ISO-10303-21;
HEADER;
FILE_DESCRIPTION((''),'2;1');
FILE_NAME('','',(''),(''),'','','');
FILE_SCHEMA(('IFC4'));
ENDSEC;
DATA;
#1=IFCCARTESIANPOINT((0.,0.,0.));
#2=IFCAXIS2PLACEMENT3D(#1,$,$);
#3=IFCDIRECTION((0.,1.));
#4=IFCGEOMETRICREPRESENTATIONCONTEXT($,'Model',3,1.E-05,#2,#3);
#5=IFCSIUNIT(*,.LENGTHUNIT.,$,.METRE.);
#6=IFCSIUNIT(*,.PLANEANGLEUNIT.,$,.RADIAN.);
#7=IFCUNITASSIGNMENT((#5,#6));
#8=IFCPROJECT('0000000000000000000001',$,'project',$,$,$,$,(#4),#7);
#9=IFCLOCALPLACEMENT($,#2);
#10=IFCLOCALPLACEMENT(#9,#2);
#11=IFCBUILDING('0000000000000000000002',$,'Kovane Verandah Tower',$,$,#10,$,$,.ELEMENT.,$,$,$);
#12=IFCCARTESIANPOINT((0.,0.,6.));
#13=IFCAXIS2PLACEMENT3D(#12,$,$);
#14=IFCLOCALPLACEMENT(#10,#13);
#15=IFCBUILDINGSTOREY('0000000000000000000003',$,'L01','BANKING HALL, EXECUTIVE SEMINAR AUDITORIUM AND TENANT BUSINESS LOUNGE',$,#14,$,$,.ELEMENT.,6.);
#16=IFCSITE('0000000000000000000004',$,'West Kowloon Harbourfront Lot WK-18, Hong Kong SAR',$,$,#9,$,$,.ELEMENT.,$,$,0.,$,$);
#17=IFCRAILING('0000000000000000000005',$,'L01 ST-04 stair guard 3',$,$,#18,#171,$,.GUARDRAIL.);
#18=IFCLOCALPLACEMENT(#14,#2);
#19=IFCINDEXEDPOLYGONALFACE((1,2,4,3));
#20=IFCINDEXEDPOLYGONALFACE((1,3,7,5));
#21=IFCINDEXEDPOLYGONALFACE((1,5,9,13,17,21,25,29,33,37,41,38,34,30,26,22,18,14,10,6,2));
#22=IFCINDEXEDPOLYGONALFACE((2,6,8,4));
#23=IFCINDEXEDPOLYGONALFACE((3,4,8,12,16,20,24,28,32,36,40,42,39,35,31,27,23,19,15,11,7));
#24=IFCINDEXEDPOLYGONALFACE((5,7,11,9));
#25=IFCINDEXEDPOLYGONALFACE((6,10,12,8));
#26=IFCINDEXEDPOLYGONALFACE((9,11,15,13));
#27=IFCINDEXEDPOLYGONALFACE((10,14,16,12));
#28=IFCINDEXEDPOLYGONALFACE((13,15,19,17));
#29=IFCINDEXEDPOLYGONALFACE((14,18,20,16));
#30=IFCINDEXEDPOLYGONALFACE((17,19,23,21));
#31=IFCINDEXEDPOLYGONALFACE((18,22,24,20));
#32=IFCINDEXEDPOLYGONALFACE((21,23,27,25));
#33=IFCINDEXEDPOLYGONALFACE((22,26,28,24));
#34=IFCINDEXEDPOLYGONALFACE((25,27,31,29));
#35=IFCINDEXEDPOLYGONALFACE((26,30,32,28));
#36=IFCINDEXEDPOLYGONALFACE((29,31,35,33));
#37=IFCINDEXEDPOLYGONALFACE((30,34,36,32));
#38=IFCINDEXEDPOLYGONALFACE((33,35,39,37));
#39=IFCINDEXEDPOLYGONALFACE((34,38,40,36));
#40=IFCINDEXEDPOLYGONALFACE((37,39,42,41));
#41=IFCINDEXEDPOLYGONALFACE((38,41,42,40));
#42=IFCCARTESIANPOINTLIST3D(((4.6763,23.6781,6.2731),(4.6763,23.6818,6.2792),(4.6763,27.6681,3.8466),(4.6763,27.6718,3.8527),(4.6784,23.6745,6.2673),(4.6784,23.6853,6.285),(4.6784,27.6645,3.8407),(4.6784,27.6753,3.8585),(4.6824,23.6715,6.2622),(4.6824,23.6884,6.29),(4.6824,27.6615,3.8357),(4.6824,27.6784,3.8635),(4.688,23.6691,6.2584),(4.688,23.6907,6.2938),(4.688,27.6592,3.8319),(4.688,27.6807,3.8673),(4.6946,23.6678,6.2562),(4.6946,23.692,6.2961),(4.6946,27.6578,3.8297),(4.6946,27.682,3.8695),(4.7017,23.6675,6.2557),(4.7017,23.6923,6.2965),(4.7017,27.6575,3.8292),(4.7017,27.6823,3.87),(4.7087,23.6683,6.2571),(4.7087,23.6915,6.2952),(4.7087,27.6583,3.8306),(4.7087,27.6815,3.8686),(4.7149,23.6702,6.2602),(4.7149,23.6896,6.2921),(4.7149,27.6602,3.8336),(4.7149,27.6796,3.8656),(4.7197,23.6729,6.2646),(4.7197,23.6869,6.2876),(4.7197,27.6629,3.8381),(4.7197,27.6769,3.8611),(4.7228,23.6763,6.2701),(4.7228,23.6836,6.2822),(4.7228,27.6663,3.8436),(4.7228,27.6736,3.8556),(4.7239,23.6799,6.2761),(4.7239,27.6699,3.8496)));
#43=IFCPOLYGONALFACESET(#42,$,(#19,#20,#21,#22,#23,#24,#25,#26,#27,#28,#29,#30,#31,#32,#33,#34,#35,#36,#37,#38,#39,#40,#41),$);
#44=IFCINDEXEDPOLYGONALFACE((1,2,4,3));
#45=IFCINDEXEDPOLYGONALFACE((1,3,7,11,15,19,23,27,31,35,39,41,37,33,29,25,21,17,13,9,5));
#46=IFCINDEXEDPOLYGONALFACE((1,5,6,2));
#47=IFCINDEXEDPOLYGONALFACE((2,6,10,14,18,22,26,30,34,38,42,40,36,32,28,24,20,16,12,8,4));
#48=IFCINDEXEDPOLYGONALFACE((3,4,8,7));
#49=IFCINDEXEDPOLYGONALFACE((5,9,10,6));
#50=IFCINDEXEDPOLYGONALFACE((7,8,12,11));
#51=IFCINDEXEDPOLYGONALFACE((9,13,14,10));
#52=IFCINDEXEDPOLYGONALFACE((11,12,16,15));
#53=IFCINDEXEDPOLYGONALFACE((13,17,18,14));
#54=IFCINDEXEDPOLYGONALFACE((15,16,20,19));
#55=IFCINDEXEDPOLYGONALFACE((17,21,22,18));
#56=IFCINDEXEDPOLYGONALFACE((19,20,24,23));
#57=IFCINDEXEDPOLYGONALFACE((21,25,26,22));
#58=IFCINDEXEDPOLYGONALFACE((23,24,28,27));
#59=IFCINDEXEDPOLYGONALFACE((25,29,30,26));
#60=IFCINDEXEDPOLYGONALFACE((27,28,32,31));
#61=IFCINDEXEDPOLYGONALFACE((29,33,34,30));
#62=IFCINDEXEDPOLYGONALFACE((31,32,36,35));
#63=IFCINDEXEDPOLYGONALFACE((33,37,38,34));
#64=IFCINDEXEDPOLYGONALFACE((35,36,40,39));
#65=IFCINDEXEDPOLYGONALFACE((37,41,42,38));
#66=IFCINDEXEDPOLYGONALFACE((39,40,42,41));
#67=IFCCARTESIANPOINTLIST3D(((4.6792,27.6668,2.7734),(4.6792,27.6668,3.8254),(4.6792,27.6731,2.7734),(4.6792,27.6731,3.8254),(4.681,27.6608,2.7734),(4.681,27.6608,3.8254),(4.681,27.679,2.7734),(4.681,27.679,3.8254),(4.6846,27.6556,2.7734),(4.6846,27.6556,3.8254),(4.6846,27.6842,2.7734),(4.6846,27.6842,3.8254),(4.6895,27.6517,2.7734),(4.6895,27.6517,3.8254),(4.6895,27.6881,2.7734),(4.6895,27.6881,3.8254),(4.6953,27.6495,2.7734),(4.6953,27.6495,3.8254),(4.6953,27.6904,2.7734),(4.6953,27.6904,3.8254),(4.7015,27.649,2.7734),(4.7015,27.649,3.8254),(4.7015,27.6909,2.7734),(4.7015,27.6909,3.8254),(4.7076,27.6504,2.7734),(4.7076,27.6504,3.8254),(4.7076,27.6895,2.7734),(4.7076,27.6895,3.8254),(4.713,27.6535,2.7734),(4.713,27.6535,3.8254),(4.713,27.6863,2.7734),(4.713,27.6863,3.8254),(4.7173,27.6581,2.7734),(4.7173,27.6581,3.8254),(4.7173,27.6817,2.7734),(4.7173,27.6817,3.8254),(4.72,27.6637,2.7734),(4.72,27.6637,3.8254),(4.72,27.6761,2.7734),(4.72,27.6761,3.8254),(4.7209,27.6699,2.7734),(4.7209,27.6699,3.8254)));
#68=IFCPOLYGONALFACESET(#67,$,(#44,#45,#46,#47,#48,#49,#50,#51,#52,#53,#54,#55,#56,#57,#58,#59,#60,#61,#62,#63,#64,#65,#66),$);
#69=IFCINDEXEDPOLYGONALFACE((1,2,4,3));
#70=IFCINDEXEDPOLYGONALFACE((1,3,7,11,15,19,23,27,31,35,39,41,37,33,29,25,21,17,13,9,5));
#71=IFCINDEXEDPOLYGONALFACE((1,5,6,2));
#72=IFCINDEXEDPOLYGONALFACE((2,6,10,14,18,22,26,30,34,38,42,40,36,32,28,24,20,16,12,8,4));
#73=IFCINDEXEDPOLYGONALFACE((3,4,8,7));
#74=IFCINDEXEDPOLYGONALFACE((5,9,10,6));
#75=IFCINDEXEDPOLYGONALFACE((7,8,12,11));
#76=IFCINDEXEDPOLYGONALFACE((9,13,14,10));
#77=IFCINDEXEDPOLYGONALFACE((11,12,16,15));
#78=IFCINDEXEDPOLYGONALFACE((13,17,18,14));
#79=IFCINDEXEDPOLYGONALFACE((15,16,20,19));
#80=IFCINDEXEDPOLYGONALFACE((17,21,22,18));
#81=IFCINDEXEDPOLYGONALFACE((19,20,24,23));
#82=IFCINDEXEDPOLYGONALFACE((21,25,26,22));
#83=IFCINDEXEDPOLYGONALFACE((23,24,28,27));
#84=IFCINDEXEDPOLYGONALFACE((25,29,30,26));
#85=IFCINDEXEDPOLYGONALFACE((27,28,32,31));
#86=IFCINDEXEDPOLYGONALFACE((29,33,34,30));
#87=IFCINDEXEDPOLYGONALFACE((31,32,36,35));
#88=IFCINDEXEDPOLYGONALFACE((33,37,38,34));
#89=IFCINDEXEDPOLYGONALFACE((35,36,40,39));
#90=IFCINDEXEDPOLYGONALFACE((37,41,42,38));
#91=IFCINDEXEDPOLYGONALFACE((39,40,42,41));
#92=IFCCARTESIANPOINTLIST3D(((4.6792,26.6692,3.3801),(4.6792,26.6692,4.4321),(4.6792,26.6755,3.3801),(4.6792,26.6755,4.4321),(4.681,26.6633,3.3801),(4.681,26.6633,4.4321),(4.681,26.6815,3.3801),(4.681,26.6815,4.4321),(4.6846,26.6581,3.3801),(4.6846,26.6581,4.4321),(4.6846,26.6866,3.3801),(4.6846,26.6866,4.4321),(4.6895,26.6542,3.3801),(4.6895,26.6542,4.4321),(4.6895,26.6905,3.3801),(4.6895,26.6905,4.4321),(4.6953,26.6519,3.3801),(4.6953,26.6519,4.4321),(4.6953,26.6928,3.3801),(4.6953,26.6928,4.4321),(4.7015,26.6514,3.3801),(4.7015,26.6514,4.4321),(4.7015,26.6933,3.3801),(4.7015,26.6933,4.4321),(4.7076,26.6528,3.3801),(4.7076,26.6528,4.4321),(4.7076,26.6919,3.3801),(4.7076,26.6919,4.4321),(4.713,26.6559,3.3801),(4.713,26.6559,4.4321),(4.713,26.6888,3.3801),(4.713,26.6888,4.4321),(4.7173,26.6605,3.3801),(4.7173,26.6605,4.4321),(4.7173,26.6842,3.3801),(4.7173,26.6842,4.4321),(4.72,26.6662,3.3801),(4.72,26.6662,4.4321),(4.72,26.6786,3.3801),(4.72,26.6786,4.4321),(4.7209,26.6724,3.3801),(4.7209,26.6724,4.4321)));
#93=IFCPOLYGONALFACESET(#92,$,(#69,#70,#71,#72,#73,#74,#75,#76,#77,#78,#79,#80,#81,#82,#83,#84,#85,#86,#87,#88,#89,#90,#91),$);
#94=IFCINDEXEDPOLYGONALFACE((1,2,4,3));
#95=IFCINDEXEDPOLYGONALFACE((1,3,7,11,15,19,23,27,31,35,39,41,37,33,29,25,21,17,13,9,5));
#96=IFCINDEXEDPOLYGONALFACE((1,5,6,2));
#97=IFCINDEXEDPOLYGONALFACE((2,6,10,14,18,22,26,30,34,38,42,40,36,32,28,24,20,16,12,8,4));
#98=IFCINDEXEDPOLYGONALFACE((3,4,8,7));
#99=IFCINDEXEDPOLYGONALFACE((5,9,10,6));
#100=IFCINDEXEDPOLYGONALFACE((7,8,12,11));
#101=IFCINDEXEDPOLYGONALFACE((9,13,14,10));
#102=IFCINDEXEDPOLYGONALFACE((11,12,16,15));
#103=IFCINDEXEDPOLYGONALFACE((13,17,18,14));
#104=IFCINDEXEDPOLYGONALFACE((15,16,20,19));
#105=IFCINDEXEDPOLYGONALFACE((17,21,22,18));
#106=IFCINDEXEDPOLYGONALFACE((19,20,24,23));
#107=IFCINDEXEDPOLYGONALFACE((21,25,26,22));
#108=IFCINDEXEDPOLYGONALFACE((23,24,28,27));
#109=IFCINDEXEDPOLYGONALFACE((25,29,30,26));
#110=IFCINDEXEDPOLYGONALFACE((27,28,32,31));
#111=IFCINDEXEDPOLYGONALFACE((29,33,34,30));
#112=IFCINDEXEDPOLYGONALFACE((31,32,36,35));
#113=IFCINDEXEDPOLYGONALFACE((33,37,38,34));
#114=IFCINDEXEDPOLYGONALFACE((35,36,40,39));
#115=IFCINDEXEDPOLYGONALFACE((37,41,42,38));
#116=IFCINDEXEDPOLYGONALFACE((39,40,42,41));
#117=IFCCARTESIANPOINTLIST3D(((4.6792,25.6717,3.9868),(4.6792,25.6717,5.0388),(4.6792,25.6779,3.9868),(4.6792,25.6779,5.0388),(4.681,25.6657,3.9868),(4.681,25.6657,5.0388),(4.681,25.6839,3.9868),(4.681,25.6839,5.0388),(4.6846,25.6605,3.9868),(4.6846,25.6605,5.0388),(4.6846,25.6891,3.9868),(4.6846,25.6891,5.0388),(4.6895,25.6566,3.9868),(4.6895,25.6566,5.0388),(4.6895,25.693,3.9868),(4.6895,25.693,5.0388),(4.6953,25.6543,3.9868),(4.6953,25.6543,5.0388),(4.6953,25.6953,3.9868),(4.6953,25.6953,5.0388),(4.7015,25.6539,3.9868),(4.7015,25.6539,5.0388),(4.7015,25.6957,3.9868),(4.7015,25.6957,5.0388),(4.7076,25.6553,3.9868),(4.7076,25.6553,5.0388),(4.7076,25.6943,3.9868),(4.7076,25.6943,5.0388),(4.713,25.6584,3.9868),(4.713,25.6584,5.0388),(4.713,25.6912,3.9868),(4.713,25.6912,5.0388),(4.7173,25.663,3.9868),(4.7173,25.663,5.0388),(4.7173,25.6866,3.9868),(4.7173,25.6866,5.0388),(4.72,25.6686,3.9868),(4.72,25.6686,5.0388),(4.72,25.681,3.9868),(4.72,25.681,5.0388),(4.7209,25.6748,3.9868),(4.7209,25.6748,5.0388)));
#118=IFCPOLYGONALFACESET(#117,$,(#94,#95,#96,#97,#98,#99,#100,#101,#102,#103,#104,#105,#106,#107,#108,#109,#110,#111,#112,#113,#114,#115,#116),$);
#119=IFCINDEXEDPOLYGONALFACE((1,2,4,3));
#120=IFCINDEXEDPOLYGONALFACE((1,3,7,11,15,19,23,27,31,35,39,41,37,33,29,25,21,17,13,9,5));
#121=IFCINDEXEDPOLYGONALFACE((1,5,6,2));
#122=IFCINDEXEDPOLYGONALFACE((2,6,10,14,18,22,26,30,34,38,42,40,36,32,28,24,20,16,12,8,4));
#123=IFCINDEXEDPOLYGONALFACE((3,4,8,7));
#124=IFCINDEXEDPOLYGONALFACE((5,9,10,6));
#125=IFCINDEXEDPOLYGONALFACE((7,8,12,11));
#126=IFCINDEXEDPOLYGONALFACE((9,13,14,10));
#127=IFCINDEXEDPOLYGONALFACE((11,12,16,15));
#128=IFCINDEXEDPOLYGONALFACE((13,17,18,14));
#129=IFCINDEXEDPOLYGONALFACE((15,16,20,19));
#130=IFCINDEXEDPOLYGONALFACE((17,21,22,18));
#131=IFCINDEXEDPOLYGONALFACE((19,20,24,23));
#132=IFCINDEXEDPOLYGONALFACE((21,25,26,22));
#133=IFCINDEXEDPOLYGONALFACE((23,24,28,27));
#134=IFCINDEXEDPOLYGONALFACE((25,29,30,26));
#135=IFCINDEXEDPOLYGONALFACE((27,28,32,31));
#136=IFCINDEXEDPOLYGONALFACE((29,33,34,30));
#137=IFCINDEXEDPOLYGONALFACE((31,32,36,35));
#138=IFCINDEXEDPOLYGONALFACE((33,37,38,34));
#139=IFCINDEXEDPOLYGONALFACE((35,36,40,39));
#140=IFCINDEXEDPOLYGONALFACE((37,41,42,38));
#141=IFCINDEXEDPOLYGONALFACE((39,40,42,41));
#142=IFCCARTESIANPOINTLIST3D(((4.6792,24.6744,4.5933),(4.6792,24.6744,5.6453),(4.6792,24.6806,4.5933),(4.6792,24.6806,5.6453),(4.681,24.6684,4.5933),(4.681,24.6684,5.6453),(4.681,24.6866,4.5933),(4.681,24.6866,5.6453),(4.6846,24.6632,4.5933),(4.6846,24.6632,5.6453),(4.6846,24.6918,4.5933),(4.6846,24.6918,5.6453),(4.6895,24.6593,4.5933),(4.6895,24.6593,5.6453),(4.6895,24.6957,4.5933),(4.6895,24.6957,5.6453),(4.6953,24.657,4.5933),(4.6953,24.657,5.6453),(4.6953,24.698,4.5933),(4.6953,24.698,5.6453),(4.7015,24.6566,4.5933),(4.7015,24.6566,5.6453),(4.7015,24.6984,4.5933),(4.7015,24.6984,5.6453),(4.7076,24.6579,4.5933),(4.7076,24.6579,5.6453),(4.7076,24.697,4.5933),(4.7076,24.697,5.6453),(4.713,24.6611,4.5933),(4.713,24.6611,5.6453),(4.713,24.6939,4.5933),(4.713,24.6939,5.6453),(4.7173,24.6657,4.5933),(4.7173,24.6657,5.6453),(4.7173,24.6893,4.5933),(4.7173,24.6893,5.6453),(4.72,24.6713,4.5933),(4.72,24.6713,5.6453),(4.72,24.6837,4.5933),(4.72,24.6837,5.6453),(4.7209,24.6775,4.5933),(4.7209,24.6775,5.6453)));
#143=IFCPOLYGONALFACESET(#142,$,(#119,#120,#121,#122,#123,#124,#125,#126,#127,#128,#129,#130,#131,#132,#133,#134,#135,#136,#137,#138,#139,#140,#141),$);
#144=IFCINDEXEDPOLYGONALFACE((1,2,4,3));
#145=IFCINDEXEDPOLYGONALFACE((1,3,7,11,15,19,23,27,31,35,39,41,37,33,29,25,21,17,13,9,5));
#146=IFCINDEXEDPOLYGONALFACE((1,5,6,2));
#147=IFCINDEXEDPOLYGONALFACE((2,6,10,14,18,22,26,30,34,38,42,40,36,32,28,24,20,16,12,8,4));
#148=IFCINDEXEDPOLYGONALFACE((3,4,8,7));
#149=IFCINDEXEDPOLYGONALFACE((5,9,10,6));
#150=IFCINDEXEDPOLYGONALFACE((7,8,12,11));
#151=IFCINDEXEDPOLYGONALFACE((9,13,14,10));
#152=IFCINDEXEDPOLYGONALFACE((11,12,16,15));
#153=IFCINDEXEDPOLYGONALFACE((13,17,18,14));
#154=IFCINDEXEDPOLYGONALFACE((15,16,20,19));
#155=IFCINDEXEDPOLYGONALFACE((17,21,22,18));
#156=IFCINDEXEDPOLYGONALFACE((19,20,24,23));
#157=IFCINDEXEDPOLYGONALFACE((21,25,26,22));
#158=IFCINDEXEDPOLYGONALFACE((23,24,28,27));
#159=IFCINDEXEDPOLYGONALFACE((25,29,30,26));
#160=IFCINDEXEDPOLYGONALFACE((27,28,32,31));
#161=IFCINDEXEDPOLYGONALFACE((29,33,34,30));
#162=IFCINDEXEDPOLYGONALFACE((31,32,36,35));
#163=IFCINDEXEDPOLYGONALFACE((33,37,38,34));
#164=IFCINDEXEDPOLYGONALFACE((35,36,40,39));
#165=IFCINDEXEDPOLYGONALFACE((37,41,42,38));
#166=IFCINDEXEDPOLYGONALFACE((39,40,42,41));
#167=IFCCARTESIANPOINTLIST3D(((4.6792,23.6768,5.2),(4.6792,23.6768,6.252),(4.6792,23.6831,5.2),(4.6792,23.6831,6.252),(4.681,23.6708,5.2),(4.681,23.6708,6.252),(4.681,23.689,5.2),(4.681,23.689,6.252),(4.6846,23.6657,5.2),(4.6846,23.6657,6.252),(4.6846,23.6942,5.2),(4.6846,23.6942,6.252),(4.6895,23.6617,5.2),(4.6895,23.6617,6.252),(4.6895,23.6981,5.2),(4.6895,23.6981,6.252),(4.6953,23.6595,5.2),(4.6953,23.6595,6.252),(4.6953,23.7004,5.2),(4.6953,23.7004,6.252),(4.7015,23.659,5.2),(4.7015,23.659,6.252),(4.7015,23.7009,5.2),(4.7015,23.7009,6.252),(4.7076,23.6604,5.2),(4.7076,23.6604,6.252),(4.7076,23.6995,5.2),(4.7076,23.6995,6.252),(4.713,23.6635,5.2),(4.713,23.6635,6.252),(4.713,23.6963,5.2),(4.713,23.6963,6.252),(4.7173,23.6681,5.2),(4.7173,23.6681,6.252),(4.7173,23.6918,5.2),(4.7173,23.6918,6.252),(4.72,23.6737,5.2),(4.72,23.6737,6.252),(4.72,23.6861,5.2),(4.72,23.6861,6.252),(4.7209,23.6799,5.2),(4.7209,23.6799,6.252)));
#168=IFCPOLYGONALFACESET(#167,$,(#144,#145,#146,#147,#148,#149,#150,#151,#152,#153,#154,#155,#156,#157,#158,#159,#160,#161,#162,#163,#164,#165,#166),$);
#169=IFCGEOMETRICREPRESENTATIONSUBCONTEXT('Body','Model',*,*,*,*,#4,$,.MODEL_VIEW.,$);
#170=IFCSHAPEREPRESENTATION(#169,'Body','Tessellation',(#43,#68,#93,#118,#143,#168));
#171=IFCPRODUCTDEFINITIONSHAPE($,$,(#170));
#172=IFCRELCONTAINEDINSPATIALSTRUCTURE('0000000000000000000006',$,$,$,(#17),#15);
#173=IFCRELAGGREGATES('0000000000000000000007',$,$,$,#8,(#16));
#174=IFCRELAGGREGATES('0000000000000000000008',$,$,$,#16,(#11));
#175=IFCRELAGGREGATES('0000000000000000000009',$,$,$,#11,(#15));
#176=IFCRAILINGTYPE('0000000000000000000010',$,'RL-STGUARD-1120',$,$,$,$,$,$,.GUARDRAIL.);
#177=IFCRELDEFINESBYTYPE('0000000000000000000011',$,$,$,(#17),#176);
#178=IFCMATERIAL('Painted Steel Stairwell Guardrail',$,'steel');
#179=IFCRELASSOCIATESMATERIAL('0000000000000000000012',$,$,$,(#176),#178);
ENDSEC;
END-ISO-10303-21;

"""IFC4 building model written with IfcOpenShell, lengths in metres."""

from ifc_helpers import new_model, si_unit, direction, frame, origin, origin_2d, place, context, subcontext, project, spatial, circle, extrude, material, type_object, element, save


model = new_model("IFC4")

# Units and contexts
model_context = context("Model", 3, precision=1e-05, world=origin(), true_north=direction((0.0, 1.0)))
body_context = subcontext(model_context, "Body", "Model", "MODEL_VIEW")
ifc_project = project(units=[si_unit("LENGTHUNIT", "METRE"), si_unit("PLANEANGLEUNIT", "RADIAN")], contexts=[model_context])

# Site, building, storey
site_placement = place(None, origin())
site = spatial("IfcSite", under=ifc_project, at=site_placement, Name="West Kowloon Harbourfront Lot WK-18, Hong Kong SAR", CompositionType="ELEMENT", RefElevation=0.0)
building_placement = place(site_placement, origin())
building = spatial("IfcBuilding", under=site, at=building_placement, Name="Kovane Verandah Tower", CompositionType="ELEMENT")
storey_placement = place(building_placement, frame((0.0, 0.0, 6.0)))
storey = spatial("IfcBuildingStorey", under=building, at=storey_placement, Name="L01", Description="BANKING HALL, EXECUTIVE SEMINAR AUDITORIUM AND TENANT BUSINESS LOUNGE", CompositionType="ELEMENT", Elevation=6.0)

# Railing
ifc_material_1 = material(Name="Painted Steel Stairwell Guardrail", Category="steel")
railing_type_1 = type_object("IfcRailingType", Name="RL-STGUARD-1120", PredefinedType="GUARDRAIL", material=ifc_material_1)
railing_1_placement = place(storey_placement, frame((4.7, 27.6699, 2.7734)))
element("IfcRailing", 1, at=railing_1_placement, inside=storey, type_object=railing_type_1, Name="L01 ST-04 stair guard 3", PredefinedType="GUARDRAIL", context=body_context, shape_type="SweptSolid", body=[
    extrude(circle(Radius=0.0239, at=origin_2d()), frame((0.0, 0.0, 1.0762), z_axis=(0.0, -0.854405, 0.519607), x_axis=(1.0, 0.0, 0.0)), (0.0, 0.0, 1.0), 4.6699),
    extrude(circle(Radius=0.021, at=origin_2d()), origin(), (0.0, 0.0, 1.0), 1.052),
    extrude(circle(Radius=0.021, at=origin_2d()), frame((0.0, -0.9976, 0.6067)), (0.0, 0.0, 1.0), 1.052),
    extrude(circle(Radius=0.021, at=origin_2d()), frame((0.0, -1.9951, 1.2134)), (0.0, 0.0, 1.0), 1.052),
    extrude(circle(Radius=0.021, at=origin_2d()), frame((0.0, -2.9924, 1.8198)), (0.0, 0.0, 1.0), 1.052),
    extrude(circle(Radius=0.021, at=origin_2d()), frame((0.0, -3.99, 2.4265)), (0.0, 0.0, 1.0), 1.052),
])

save(model, "model.ifc")
